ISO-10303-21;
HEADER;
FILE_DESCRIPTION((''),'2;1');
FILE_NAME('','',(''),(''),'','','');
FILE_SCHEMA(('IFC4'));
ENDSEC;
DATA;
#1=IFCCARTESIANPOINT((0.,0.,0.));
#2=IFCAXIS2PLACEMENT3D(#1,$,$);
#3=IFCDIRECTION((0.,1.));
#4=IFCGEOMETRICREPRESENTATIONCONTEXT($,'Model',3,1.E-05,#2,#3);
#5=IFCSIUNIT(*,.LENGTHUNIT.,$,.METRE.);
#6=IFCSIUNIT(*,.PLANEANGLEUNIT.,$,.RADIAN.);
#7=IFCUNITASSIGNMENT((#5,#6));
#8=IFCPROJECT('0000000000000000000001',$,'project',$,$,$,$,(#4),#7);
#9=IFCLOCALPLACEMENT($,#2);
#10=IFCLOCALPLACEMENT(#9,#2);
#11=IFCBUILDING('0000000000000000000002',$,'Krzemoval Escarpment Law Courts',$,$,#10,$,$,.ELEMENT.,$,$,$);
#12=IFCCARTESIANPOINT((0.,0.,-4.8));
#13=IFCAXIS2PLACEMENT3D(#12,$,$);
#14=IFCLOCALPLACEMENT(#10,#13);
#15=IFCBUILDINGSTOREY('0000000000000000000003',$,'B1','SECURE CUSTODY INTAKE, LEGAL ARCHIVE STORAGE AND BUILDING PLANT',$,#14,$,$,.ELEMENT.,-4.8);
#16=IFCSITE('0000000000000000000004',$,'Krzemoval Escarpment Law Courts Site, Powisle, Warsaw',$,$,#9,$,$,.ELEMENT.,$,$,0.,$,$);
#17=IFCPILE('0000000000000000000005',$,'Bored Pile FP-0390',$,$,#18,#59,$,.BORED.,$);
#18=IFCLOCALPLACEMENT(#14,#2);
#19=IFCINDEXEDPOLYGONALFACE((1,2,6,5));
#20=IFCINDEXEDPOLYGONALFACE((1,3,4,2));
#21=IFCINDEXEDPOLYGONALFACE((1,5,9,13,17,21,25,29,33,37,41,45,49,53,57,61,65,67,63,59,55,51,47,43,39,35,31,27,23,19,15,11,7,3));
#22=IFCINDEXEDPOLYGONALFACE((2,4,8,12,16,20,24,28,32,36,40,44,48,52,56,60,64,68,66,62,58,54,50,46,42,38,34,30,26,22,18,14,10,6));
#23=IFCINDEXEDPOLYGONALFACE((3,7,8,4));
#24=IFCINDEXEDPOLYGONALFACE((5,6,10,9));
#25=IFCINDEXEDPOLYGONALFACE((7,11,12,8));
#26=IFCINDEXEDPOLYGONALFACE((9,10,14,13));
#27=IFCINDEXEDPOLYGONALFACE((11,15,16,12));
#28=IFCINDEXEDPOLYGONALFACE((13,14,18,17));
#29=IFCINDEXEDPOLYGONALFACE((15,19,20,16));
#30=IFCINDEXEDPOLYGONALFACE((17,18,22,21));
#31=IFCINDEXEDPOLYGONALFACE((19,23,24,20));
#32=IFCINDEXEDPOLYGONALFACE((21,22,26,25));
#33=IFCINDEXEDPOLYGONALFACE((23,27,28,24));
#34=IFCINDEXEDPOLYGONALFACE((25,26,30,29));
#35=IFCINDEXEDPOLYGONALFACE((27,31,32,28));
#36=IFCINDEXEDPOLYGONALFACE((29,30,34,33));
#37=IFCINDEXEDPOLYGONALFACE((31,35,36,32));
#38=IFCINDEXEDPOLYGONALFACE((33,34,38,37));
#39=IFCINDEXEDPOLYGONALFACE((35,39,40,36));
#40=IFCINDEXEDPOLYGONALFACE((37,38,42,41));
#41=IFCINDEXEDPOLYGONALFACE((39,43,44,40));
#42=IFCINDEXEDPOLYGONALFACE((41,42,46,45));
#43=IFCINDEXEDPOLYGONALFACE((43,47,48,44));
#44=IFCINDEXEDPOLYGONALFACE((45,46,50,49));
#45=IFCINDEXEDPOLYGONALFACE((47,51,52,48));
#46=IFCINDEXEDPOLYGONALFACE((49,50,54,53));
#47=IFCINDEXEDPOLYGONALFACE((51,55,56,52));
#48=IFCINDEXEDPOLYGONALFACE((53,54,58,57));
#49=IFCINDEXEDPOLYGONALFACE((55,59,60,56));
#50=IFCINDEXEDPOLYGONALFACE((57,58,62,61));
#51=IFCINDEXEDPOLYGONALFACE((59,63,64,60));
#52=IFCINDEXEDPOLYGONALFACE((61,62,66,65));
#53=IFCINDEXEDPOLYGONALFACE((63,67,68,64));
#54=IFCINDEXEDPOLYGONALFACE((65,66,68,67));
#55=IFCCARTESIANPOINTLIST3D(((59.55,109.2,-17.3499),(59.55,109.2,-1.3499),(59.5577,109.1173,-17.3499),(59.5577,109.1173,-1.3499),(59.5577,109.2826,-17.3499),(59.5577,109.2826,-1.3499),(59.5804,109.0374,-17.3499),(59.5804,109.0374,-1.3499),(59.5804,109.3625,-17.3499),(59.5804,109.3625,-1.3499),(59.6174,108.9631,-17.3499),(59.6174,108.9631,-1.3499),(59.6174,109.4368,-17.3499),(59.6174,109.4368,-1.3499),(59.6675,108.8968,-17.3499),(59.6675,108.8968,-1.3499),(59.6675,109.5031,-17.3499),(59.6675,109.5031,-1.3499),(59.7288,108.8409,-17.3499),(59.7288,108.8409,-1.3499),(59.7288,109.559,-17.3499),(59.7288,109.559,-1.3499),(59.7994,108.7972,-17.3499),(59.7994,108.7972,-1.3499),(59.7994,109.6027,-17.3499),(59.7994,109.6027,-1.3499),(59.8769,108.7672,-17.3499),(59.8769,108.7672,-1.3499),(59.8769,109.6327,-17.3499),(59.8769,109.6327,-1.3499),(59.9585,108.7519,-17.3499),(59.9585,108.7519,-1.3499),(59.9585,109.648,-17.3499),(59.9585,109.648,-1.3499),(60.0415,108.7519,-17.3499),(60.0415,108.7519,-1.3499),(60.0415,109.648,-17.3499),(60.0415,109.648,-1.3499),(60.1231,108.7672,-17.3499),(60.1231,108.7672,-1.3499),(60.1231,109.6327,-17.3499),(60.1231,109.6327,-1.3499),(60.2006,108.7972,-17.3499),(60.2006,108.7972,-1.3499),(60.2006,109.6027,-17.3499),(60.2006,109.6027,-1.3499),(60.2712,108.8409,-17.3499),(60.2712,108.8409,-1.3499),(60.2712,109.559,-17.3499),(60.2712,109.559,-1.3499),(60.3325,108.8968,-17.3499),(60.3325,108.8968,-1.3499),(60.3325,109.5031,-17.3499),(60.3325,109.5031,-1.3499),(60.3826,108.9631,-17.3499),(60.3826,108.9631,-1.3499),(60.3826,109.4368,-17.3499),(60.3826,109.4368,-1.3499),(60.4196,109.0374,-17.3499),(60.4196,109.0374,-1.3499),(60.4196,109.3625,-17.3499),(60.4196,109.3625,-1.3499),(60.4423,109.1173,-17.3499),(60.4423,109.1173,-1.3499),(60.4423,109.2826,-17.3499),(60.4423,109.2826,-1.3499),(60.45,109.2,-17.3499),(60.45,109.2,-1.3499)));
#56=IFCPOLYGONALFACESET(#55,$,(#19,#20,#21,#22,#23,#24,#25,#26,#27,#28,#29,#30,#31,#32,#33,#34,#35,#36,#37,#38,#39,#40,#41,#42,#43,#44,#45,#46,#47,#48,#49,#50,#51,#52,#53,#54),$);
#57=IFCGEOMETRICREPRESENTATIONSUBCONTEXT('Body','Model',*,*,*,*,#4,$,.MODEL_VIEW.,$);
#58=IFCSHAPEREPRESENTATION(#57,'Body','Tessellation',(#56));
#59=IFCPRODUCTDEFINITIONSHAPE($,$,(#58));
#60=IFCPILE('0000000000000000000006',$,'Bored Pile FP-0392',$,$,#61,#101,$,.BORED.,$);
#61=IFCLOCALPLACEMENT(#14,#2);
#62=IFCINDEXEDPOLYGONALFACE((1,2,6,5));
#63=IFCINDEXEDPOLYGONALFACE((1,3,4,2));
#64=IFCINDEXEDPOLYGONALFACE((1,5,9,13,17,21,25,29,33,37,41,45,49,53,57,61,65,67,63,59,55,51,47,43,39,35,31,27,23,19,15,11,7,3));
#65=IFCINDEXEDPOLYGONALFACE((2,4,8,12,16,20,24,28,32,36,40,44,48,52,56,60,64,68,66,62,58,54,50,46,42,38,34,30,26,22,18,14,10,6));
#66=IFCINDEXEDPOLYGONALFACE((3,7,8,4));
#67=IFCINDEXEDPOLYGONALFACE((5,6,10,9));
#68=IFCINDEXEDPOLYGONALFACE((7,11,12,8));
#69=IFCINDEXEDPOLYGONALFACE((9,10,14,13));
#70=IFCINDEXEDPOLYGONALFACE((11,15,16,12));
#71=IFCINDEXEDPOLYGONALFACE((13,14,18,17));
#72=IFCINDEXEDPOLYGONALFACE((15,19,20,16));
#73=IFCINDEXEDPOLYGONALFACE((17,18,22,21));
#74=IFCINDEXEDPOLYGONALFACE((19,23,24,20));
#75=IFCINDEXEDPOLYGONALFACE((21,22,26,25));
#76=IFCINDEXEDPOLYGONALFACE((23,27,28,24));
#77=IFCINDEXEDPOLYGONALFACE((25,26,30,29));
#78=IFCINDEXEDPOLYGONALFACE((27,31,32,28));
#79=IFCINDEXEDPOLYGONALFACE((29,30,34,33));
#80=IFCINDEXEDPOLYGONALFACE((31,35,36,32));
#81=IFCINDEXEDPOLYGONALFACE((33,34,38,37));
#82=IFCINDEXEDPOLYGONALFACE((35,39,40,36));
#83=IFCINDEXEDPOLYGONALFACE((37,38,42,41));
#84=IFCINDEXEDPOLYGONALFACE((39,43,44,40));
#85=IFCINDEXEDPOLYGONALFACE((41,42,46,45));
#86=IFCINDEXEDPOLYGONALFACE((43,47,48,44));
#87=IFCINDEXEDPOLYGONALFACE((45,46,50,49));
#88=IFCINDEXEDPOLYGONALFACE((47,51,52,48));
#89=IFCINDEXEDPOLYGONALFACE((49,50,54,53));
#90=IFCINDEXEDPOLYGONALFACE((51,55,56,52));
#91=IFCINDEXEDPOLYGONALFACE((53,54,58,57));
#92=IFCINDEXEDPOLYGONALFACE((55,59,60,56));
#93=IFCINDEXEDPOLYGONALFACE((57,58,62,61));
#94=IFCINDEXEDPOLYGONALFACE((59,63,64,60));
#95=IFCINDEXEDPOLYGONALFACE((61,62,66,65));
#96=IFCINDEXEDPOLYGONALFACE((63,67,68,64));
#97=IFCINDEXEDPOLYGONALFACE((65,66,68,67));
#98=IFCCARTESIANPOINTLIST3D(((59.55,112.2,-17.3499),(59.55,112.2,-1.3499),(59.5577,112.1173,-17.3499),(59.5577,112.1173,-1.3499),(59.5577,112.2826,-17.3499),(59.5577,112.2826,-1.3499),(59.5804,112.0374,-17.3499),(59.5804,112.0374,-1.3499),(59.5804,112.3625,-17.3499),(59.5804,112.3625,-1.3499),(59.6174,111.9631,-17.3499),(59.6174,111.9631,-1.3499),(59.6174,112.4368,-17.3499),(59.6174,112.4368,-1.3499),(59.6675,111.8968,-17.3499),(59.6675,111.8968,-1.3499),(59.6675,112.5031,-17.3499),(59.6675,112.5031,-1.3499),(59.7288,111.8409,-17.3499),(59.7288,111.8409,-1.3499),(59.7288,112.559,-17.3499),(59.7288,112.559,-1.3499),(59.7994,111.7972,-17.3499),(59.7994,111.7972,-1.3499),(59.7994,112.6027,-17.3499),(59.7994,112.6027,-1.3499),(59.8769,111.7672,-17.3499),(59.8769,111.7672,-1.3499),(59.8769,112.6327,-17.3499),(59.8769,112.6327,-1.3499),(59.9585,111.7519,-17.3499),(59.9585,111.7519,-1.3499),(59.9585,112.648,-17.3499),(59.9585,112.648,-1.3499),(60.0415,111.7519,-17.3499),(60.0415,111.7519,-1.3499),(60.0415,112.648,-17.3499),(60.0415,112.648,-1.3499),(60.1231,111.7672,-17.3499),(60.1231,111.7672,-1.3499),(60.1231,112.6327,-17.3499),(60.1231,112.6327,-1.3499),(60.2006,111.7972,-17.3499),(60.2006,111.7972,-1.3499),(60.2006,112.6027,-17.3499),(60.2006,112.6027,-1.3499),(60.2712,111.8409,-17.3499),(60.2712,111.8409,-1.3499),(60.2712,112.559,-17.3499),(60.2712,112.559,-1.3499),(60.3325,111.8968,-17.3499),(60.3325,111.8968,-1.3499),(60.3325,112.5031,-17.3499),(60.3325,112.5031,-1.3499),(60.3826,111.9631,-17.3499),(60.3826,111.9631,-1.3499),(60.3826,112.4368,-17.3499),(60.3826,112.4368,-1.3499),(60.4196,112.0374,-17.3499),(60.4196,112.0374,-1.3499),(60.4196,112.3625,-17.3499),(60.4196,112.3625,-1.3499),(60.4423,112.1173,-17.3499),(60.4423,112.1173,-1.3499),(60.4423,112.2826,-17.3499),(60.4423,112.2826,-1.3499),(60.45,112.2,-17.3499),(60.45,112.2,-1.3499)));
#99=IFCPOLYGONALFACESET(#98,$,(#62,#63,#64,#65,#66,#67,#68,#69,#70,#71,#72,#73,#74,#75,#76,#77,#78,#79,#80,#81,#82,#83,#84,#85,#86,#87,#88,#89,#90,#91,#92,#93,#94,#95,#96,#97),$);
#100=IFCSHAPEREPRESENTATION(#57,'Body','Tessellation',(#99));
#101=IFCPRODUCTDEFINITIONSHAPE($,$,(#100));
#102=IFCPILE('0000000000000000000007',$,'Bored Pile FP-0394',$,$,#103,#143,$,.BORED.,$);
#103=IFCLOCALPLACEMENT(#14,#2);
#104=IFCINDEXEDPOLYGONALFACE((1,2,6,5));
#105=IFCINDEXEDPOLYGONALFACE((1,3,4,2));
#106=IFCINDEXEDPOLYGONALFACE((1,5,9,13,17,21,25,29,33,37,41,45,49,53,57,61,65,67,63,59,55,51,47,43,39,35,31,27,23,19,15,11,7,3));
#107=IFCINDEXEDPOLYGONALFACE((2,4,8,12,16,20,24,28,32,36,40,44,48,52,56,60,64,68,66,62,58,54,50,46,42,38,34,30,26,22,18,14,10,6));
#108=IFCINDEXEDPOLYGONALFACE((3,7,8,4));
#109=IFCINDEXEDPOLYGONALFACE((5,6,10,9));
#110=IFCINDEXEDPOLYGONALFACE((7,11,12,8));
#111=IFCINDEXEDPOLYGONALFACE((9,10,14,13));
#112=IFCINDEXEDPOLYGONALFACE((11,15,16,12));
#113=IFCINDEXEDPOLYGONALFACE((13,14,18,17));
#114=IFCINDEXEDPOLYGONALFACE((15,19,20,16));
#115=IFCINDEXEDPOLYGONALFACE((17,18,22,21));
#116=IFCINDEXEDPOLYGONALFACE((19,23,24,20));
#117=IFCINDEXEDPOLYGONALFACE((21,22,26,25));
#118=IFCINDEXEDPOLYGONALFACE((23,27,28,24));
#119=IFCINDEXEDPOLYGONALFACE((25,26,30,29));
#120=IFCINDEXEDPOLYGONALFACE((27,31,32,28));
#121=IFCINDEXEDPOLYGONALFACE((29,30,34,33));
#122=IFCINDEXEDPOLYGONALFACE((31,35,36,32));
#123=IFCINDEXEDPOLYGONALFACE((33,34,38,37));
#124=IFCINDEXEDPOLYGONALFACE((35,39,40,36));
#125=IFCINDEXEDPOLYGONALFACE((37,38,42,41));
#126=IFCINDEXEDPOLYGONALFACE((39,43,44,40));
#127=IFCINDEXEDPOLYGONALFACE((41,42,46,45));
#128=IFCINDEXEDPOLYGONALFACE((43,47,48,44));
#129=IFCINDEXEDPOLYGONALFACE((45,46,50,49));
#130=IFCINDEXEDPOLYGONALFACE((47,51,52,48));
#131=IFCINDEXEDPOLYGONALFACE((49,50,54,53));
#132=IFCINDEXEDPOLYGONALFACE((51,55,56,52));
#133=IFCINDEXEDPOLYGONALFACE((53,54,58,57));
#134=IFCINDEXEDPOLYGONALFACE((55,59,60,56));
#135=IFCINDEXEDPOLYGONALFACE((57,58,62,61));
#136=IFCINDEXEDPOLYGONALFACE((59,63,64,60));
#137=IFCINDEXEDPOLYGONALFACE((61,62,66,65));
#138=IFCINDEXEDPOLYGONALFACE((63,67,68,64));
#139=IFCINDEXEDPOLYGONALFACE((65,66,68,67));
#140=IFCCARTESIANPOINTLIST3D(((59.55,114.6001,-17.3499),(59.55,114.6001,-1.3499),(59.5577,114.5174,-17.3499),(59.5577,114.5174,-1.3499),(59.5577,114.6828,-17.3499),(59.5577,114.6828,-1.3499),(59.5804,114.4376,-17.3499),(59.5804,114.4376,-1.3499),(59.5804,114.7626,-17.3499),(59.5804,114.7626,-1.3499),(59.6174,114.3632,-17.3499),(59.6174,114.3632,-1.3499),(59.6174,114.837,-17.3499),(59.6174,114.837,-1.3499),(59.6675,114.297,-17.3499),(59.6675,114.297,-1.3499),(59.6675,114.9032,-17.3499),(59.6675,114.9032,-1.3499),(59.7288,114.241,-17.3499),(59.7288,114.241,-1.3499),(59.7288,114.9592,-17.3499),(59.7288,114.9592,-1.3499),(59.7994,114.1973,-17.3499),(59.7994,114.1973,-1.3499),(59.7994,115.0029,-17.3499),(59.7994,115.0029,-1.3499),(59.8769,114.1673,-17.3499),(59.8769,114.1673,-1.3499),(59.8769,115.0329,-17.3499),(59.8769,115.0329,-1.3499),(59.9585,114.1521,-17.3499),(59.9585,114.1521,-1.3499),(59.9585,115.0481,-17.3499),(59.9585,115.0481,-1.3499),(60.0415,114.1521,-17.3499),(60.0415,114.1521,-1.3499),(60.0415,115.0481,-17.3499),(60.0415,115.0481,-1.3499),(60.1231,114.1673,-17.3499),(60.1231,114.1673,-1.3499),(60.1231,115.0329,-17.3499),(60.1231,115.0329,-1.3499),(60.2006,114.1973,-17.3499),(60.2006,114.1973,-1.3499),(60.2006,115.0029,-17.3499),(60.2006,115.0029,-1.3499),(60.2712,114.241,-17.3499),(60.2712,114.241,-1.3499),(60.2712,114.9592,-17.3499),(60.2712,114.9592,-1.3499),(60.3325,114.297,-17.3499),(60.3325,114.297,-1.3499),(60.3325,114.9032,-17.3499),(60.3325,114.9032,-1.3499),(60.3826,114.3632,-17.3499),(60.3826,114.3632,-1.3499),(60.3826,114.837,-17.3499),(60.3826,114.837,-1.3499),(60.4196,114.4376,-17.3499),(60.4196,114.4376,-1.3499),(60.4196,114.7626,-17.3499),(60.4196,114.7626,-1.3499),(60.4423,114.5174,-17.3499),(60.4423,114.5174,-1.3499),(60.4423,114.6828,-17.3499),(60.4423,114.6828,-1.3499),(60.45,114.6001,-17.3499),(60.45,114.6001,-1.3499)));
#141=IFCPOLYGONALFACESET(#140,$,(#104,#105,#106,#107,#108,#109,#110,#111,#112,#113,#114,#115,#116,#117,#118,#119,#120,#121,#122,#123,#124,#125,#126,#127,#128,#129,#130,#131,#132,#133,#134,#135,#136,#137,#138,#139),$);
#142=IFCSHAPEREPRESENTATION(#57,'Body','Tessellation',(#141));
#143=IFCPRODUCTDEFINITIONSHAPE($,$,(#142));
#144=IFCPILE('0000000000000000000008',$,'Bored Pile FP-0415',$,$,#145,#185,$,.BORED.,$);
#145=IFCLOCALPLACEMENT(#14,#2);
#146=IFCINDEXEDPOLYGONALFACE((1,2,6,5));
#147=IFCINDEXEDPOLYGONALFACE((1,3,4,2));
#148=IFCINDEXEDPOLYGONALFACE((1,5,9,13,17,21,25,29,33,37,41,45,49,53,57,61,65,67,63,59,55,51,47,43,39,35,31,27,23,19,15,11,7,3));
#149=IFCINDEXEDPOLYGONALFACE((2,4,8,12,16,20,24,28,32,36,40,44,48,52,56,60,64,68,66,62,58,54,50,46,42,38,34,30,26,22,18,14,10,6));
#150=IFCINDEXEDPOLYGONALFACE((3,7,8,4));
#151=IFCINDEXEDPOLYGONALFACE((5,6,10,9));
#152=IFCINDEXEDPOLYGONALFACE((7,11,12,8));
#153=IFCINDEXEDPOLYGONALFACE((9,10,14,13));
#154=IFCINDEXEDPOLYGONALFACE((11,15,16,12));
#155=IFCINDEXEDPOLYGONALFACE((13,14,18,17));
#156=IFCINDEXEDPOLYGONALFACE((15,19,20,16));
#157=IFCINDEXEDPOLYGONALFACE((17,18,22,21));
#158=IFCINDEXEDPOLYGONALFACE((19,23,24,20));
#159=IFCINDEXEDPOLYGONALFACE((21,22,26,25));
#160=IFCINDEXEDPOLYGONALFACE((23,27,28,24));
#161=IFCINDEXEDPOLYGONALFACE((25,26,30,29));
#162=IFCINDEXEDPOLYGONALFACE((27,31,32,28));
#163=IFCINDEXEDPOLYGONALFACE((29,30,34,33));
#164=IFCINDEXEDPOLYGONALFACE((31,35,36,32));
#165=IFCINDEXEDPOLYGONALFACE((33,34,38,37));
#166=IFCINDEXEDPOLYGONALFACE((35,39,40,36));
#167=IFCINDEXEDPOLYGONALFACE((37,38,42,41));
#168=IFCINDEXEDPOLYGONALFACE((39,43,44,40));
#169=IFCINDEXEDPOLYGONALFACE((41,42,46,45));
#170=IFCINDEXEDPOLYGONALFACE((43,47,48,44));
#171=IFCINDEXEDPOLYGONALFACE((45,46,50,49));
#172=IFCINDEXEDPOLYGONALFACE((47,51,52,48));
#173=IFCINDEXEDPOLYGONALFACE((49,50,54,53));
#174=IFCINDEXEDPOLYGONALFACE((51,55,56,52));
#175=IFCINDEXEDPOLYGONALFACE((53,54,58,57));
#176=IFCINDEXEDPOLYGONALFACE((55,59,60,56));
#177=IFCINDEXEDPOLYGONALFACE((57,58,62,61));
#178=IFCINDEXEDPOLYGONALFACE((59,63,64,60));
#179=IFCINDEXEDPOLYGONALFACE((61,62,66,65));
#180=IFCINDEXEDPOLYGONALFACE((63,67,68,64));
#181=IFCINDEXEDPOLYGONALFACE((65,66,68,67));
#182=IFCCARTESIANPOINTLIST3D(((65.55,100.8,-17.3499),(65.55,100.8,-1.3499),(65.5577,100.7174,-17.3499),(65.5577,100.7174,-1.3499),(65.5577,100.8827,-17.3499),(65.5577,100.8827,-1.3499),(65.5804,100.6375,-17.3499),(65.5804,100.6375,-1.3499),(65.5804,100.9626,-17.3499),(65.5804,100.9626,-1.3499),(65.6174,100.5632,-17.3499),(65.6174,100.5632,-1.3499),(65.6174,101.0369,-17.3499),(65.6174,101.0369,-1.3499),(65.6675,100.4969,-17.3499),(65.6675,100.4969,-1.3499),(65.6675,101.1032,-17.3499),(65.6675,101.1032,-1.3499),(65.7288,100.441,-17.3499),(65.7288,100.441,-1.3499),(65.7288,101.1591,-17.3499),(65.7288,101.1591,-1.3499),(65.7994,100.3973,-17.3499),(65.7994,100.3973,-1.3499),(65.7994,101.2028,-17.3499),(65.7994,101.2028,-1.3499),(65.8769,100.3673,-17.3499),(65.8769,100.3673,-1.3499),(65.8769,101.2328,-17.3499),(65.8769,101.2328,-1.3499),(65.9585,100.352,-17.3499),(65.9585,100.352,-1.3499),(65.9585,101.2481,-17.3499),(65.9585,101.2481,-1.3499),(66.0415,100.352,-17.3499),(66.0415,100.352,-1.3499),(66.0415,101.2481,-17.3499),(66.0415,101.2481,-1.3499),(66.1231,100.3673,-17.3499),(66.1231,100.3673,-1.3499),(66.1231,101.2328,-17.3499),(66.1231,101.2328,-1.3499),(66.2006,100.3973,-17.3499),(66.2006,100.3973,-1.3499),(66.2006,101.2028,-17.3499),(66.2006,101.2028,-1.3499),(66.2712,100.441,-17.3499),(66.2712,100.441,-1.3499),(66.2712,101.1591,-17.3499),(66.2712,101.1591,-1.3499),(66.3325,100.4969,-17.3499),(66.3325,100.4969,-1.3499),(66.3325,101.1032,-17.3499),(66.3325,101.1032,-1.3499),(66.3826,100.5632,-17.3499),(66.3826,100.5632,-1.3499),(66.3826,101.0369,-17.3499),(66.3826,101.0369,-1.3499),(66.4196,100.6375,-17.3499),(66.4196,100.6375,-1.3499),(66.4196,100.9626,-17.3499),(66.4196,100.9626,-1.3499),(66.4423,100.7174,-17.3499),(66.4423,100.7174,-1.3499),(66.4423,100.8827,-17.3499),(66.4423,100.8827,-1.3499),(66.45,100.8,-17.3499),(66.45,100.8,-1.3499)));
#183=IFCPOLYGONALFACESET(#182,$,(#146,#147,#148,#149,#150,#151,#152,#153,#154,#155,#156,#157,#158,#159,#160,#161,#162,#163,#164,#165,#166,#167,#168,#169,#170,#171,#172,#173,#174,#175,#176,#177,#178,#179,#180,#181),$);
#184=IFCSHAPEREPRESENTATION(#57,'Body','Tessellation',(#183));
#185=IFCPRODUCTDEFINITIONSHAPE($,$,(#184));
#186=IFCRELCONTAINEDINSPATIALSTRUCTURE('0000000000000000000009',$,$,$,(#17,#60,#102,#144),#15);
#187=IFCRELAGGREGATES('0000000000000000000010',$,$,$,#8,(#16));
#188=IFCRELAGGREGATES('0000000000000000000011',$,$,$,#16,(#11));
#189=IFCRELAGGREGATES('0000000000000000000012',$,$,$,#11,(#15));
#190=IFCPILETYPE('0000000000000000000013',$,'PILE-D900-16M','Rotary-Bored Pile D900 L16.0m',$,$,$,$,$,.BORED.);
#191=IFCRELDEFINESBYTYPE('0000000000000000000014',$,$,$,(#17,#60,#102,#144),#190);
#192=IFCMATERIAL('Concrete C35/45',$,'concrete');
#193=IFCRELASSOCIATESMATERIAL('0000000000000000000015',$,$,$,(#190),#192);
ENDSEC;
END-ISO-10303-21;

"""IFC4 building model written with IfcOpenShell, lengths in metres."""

from ifc_helpers import new_model, si_unit, direction, frame, origin, origin_2d, place, context, subcontext, project, spatial, circle, extrude, material, material_profile, profile_set, type_object, element, save


model = new_model("IFC4")

# Units and contexts
model_context = context("Model", 3, precision=1e-05, world=origin(), true_north=direction((0.0, 1.0)))
body_context = subcontext(model_context, "Body", "Model", "MODEL_VIEW")
ifc_project = project(units=[si_unit("LENGTHUNIT", "METRE"), si_unit("PLANEANGLEUNIT", "RADIAN")], contexts=[model_context])

# Site, building, storey
site_placement = place(None, origin())
site = spatial("IfcSite", under=ifc_project, at=site_placement, Name="Krzemoval Escarpment Law Courts Site, Powisle, Warsaw", CompositionType="ELEMENT", RefElevation=0.0)
building_placement = place(site_placement, origin())
building = spatial("IfcBuilding", under=site, at=building_placement, Name="Krzemoval Escarpment Law Courts", CompositionType="ELEMENT")
storey_placement = place(building_placement, frame((0.0, 0.0, -4.8)))
storey = spatial("IfcBuildingStorey", under=building, at=storey_placement, Name="B1", Description="SECURE CUSTODY INTAKE, LEGAL ARCHIVE STORAGE AND BUILDING PLANT", CompositionType="ELEMENT", Elevation=-4.8)

# Piles
ifc_material_1 = material(Name="Concrete C35/45", Category="concrete")
ifc_material_profile_1 = material_profile(ifc_material_1, circle(Radius=0.45, at=origin_2d()), Name="PILE D900")
ifc_profile_set_1 = profile_set([ifc_material_profile_1], Name="Concrete C35/45")
pile_type = type_object("IfcPileType", Name="PILE-D900-16M", Description="Rotary-Bored Pile D900 L16.0m", PredefinedType="BORED", material=ifc_profile_set_1)
for number, where, z_axis, x_axis, name in (
    (1, (60.0, 109.2, -1.3499), (0.0, 0.0, -1.0), (1.0, 0.0, 0.0), "Bored Pile FP-0390"),
    (2, (60.0, 112.2, -1.3499), (0.0, 0.0, -1.0), (1.0, 0.0, 0.0), "Bored Pile FP-0392"),
    (3, (60.0, 114.6001, -1.3499), (0.0, 0.0, -1.0), (1.0, 0.0, 0.0), "Bored Pile FP-0394"),
    (4, (66.0, 100.8, -1.3499), (0.0, 0.0, -1.0), (1.0, 0.0, 0.0), "Bored Pile FP-0415"),
):
    element("IfcPile", number, at=place(storey_placement, frame(where, z_axis=z_axis, x_axis=x_axis)), inside=storey, type_object=pile_type, Name=name, PredefinedType="BORED", context=body_context, shape_type="SweptSolid", body=[
        extrude(circle(Radius=0.45, at=origin_2d()), origin(), (0.0, 0.0, 1.0), 16.0),
    ])

save(model, "model.ifc")
